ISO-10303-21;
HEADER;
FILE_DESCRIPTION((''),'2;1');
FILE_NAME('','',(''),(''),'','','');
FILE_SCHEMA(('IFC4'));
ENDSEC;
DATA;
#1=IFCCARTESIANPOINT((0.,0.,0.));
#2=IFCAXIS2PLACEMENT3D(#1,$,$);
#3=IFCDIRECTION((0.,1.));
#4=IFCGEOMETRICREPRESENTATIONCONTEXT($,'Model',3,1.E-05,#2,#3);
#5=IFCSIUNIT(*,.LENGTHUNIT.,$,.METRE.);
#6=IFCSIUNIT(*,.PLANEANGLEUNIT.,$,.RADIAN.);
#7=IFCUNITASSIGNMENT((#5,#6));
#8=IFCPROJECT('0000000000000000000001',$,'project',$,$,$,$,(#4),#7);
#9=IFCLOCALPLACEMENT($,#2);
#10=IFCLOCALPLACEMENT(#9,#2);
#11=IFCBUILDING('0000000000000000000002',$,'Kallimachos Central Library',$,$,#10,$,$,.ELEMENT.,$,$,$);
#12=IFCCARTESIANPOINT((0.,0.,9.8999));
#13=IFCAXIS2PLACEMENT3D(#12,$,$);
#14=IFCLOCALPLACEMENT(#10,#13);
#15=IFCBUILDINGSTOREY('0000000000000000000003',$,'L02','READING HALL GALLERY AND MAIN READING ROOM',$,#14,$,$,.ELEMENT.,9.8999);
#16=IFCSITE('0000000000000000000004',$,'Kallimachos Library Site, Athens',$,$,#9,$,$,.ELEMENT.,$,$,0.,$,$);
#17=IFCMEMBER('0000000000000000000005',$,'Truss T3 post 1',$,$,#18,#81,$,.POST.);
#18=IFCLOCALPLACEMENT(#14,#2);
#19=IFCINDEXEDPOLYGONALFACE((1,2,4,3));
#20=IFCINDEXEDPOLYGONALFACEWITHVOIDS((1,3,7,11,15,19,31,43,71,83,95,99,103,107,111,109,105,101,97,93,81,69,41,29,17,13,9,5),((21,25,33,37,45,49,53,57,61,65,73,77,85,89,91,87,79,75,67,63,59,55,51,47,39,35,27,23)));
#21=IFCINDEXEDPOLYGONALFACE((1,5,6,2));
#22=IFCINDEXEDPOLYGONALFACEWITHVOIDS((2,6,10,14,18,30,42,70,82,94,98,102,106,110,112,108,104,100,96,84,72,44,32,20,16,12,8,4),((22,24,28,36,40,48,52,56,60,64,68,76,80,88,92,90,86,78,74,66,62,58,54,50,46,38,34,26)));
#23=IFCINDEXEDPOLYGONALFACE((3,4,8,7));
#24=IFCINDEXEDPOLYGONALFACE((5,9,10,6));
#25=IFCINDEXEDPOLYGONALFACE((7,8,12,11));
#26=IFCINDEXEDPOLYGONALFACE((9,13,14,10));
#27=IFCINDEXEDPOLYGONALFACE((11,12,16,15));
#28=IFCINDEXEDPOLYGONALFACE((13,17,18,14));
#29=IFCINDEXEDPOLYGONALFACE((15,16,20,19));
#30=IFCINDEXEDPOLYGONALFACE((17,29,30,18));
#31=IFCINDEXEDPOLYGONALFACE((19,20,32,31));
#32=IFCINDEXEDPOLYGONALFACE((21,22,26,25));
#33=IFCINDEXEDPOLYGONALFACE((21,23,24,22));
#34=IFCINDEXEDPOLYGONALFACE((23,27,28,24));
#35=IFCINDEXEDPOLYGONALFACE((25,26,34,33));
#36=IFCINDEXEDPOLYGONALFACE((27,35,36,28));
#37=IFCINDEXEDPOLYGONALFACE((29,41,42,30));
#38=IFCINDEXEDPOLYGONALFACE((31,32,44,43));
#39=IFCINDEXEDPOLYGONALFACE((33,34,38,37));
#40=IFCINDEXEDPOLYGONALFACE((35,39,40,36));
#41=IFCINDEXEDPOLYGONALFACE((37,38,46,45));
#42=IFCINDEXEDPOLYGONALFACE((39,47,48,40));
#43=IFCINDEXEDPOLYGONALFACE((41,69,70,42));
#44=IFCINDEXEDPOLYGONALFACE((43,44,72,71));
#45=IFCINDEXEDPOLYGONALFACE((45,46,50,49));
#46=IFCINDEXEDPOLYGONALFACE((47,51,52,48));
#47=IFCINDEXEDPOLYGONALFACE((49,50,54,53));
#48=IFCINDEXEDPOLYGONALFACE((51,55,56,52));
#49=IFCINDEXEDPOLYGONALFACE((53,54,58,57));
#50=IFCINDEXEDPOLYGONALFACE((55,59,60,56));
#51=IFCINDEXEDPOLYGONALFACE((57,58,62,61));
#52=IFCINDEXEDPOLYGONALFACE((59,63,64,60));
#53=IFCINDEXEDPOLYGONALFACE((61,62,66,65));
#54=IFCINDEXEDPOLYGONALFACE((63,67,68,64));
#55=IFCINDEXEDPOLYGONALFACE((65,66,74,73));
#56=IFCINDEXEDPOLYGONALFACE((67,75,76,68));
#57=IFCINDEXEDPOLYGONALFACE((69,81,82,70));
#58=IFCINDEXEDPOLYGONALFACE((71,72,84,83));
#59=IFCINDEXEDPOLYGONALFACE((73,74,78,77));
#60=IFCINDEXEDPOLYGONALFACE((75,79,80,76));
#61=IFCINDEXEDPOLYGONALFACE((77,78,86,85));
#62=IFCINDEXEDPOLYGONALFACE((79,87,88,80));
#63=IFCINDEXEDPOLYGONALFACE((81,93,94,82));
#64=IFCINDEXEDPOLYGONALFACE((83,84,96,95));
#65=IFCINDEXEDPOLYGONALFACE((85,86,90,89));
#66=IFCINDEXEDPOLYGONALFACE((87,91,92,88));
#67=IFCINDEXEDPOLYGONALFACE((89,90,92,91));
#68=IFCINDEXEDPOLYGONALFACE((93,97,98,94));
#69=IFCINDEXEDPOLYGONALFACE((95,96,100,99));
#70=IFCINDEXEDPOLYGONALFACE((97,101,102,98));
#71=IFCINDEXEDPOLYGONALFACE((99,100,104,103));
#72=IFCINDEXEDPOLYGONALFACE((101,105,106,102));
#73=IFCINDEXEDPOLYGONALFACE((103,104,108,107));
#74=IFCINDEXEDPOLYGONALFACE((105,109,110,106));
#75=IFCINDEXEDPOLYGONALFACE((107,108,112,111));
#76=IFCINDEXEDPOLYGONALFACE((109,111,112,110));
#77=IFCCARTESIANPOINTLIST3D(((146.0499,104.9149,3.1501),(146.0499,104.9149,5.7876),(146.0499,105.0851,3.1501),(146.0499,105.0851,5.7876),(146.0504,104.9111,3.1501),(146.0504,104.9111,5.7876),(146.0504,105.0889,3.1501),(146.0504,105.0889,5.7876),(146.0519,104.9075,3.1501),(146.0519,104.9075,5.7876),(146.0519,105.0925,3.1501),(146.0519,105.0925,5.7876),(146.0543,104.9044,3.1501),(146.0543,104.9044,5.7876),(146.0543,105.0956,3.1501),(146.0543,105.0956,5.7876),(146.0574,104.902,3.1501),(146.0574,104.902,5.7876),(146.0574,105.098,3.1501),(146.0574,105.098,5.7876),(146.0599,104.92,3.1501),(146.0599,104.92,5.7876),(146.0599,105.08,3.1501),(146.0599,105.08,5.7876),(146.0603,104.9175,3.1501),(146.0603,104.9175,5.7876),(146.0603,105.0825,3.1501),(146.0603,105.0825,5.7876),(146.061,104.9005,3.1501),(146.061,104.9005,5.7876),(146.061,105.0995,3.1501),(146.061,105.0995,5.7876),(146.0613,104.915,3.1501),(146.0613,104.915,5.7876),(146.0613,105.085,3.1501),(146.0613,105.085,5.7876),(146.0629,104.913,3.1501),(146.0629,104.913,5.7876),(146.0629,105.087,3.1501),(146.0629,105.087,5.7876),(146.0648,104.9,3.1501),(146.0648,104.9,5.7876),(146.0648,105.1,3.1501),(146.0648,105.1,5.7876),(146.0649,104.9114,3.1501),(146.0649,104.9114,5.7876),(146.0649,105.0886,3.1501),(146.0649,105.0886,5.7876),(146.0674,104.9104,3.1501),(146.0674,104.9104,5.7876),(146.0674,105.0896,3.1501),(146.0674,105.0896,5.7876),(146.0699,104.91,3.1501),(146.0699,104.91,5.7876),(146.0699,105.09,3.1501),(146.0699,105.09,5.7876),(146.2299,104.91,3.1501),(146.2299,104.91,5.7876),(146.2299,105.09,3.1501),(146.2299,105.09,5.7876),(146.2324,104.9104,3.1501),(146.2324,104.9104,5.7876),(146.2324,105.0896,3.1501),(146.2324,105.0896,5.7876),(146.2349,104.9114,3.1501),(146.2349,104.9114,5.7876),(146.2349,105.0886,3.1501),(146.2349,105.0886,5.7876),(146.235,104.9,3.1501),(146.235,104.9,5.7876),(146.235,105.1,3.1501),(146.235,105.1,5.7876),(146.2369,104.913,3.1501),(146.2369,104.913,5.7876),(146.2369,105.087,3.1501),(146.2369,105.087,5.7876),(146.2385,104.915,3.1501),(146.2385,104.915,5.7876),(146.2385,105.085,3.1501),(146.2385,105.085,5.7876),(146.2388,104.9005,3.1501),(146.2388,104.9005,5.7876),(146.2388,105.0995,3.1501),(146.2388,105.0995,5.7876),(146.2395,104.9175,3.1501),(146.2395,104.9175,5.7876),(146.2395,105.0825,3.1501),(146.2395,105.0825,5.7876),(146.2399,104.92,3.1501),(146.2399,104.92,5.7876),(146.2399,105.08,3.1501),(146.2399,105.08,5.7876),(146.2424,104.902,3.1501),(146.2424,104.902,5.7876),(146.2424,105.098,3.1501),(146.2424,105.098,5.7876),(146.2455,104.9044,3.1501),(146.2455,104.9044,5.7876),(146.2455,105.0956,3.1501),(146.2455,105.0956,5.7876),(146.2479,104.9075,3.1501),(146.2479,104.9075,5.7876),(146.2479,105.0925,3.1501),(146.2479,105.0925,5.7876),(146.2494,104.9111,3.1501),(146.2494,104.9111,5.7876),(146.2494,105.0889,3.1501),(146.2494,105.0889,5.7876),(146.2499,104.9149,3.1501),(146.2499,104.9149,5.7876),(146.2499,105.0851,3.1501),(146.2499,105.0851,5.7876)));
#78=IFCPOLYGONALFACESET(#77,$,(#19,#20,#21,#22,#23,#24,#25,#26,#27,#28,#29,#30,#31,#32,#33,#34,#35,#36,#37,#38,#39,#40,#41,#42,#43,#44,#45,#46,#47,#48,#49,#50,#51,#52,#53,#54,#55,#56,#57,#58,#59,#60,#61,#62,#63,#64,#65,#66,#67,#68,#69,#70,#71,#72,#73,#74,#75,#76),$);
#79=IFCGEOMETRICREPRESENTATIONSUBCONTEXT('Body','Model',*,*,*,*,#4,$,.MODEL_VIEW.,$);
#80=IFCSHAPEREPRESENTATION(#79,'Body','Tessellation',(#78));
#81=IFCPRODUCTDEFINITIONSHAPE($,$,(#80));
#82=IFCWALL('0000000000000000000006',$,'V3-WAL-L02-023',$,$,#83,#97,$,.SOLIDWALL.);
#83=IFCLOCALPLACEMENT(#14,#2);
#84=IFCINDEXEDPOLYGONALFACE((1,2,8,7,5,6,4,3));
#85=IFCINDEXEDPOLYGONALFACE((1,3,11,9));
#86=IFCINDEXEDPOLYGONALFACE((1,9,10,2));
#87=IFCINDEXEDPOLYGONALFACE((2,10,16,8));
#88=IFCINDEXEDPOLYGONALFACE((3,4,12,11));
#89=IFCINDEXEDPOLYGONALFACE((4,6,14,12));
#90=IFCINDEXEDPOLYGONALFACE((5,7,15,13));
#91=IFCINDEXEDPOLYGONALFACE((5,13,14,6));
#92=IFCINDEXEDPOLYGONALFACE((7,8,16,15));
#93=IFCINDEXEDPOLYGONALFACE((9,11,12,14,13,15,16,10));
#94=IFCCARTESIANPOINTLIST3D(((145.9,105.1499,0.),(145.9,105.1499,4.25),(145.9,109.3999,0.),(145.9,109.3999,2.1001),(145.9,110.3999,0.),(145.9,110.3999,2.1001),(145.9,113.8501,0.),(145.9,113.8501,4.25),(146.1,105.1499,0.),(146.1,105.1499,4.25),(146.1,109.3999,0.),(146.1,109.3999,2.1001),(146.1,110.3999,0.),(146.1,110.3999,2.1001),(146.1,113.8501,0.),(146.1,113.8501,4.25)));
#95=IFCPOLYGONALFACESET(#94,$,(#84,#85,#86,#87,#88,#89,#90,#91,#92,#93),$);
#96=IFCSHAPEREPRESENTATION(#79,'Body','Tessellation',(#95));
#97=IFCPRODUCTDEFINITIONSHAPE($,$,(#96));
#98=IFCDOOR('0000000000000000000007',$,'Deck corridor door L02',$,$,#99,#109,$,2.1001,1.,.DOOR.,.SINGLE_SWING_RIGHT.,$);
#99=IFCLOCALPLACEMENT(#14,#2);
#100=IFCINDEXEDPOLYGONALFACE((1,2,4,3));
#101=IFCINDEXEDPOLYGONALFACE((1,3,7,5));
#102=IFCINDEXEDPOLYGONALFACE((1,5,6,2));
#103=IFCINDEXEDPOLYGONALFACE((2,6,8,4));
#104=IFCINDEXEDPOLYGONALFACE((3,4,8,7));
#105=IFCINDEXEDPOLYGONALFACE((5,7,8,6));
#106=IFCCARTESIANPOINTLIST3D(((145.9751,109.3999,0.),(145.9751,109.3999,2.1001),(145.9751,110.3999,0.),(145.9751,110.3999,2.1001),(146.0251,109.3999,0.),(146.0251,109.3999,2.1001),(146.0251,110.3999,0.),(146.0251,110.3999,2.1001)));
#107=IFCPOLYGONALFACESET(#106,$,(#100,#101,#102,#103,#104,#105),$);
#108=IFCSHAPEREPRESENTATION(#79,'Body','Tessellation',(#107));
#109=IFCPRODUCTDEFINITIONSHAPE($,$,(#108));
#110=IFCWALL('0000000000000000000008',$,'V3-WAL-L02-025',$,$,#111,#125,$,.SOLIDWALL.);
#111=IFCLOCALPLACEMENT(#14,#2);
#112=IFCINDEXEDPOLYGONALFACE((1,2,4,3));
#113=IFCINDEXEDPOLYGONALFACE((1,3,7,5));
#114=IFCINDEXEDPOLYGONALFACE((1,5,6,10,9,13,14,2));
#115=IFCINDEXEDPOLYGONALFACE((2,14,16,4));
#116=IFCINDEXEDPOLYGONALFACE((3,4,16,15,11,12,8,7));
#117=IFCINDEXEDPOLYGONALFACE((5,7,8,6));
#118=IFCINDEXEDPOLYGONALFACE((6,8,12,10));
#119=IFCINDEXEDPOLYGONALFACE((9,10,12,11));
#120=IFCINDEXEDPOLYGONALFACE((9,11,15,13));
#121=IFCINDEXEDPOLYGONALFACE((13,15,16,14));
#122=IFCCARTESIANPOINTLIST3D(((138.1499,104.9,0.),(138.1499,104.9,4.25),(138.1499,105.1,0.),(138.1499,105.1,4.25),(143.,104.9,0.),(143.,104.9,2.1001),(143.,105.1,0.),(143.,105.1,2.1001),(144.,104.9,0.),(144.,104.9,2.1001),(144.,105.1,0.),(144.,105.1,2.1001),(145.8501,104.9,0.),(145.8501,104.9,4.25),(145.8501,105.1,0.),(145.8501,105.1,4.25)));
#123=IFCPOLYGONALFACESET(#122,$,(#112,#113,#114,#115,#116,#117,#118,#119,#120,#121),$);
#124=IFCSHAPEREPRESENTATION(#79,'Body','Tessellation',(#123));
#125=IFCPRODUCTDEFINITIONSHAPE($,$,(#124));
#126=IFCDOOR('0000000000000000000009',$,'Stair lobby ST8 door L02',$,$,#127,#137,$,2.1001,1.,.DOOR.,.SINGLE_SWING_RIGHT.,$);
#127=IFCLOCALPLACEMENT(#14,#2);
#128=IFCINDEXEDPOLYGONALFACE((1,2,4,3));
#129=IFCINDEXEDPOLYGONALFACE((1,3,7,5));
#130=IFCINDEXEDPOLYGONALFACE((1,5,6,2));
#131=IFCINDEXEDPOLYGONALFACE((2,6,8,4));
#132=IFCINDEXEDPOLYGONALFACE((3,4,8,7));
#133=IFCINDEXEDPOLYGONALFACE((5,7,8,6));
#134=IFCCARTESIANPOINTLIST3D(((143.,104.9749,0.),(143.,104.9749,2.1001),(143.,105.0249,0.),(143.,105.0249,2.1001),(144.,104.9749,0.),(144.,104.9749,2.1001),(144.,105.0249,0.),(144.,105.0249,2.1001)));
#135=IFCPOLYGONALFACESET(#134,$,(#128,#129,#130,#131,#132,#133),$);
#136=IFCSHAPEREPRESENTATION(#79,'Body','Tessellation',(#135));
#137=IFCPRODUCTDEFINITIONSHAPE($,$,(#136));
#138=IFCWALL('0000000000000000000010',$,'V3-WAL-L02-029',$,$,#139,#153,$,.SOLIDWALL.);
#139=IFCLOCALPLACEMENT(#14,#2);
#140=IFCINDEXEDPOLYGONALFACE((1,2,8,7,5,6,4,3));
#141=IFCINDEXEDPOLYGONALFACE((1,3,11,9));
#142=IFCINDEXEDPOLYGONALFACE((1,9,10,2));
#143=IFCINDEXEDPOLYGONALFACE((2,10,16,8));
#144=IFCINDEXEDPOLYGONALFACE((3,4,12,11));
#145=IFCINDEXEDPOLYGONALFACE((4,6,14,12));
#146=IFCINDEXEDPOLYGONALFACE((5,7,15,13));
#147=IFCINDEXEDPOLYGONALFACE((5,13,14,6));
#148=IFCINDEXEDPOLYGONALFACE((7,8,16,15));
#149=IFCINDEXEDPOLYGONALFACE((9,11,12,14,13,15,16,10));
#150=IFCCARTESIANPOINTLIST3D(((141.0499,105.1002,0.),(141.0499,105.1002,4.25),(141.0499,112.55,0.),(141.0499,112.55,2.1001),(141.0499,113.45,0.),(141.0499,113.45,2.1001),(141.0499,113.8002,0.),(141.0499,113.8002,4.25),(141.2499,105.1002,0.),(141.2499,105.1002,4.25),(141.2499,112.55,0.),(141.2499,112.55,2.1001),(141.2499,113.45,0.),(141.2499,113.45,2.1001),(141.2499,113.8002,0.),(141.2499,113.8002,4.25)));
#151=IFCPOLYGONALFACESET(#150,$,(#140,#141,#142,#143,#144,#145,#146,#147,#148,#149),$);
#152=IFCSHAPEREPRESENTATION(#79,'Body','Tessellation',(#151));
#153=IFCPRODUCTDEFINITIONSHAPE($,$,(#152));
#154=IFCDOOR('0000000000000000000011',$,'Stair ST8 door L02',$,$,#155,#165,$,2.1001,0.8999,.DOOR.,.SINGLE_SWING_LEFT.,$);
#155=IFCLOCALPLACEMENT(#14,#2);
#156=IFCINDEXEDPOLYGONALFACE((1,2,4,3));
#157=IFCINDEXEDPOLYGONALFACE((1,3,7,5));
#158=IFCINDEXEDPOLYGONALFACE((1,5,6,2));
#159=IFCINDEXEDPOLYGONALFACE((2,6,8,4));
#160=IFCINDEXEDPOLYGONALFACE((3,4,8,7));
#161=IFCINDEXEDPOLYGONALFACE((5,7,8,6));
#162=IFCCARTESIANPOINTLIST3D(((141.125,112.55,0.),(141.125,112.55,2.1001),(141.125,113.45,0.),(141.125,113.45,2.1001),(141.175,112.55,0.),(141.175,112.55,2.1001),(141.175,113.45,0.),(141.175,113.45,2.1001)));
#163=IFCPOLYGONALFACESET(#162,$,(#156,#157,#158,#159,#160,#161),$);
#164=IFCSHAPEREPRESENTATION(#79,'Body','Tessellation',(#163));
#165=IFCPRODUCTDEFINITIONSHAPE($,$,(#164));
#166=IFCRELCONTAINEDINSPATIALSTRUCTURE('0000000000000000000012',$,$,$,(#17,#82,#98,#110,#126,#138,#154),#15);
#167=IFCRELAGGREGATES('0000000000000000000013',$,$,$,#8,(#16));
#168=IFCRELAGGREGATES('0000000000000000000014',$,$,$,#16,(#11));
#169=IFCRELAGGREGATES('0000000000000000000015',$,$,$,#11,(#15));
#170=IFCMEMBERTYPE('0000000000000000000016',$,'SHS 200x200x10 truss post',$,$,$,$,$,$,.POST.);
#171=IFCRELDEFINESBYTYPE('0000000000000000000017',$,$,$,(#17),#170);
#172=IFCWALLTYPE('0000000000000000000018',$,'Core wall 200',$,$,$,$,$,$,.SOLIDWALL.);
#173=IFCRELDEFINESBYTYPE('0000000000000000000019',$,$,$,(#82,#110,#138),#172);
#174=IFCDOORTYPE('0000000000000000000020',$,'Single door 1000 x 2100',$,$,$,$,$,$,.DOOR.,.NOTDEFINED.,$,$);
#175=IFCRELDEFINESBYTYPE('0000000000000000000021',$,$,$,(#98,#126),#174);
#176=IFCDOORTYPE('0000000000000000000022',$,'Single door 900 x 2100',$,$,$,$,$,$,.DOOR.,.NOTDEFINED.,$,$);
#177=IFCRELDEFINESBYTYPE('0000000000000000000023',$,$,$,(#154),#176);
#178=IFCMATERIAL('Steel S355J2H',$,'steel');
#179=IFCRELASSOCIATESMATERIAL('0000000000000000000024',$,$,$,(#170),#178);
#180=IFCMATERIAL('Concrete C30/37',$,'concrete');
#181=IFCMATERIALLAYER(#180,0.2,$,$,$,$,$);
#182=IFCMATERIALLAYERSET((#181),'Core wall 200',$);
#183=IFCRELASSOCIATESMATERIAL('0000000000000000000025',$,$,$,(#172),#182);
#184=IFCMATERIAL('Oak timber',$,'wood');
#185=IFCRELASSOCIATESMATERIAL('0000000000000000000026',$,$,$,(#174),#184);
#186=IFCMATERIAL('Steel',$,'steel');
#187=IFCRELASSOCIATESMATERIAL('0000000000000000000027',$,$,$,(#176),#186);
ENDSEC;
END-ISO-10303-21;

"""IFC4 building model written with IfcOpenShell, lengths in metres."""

from ifc_helpers import new_model, si_unit, direction, frame, frame_2d, origin, origin_2d, place, context, subcontext, project, spatial, rectangle, hollow_rectangle, extrude, material, layer, layer_set, material_profile, profile_set, type_object, element, fill, save


model = new_model("IFC4")

# Units and contexts
model_context = context("Model", 3, precision=1e-05, world=origin(), true_north=direction((0.0, 1.0)))
body_context = subcontext(model_context, "Body", "Model", "MODEL_VIEW")
ifc_project = project(units=[si_unit("LENGTHUNIT", "METRE"), si_unit("PLANEANGLEUNIT", "RADIAN")], contexts=[model_context])

# Site, building, storey
site_placement = place(None, origin())
site = spatial("IfcSite", under=ifc_project, at=site_placement, Name="Kallimachos Library Site, Athens", CompositionType="ELEMENT", RefElevation=0.0)
building_placement = place(site_placement, origin())
building = spatial("IfcBuilding", under=site, at=building_placement, Name="Kallimachos Central Library", CompositionType="ELEMENT")
storey_placement = place(building_placement, frame((0.0, 0.0, 9.8999)))
storey = spatial("IfcBuildingStorey", under=building, at=storey_placement, Name="L02", Description="READING HALL GALLERY AND MAIN READING ROOM", CompositionType="ELEMENT", Elevation=9.8999)

# Member
ifc_material_1 = material(Name="Steel S355J2H", Category="steel")
ifc_material_profile_1 = material_profile(ifc_material_1, hollow_rectangle(XDim=0.2, YDim=0.2, WallThickness=0.01, InnerFilletRadius=0.01, OuterFilletRadius=0.0149, at=origin_2d()), Name="SHS 200x200x10")
ifc_profile_set_1 = profile_set([ifc_material_profile_1], Name="Steel S355J2H")
member_type_1 = type_object("IfcMemberType", Name="SHS 200x200x10 truss post", PredefinedType="POST", material=ifc_profile_set_1)
member_1_placement = place(storey_placement, frame((146.1499, 105.0, 3.1501), z_axis=(0.0, 0.0, 1.0), x_axis=(1.0, 0.0, 0.0)))
element("IfcMember", 1, at=member_1_placement, inside=storey, type_object=member_type_1, Name="Truss T3 post 1", PredefinedType="POST", context=body_context, shape_type="SweptSolid", body=[
    extrude(hollow_rectangle(XDim=0.2, YDim=0.2, WallThickness=0.01, InnerFilletRadius=0.01, OuterFilletRadius=0.0149, at=origin_2d()), origin(), (0.0, 0.0, 1.0), 2.6375),
])

# Walls, openings, doors
ifc_material_2 = material(Name="Concrete C30/37", Category="concrete")
ifc_layer_1 = layer(ifc_material_2, 0.2)
ifc_layer_set_1 = layer_set([ifc_layer_1], Name="Core wall 200")
wall_type_1 = type_object("IfcWallType", Name="Core wall 200", PredefinedType="SOLIDWALL", material=ifc_layer_set_1)
wall_1_placement = place(storey_placement, frame((146.0, 105.1499, 0.0), z_axis=(0.0, 0.0, 1.0), x_axis=(0.0, 1.0, 0.0)))
wall_1 = element("IfcWall", 2, at=wall_1_placement, inside=storey, type_object=wall_type_1, Name="V3-WAL-L02-023", PredefinedType="SOLIDWALL", context=body_context, shape_type="SweptSolid", body=[
    extrude(rectangle(XDim=8.7002, YDim=0.2, at=frame_2d((4.3501, 0.0))), origin(), (0.0, 0.0, 1.0), 4.25),
])
opening_1_placement = place(wall_1_placement, frame((4.25, 0.0, 0.0)))
opening_1 = element("IfcOpeningElement", 3, at=opening_1_placement, cuts=wall_1, PredefinedType="OPENING", context=body_context, shape_type="SweptSolid", body=[
    extrude(rectangle(XDim=1.0, YDim=2.1001, at=frame_2d((0.5, 1.05))), frame((0.0, 0.1099, 0.0), z_axis=(0.0, -1.0, 0.0), x_axis=(1.0, 0.0, 0.0)), (0.0, 0.0, 1.0), 0.22),
])
ifc_material_3 = material(Name="Oak timber", Category="wood")
door_type_1 = type_object("IfcDoorType", Name="Single door 1000 x 2100", OperationType="NOTDEFINED", PredefinedType="DOOR", material=ifc_material_3)
door_1_placement = place(opening_1_placement, origin())
door_1 = element("IfcDoor", 4, at=door_1_placement, inside=storey, type_object=door_type_1, Name="Deck corridor door L02", OperationType="SINGLE_SWING_RIGHT", OverallHeight=2.1001, OverallWidth=1.0, PredefinedType="DOOR", context=body_context, shape_type="SweptSolid", body=[
    extrude(rectangle(XDim=1.0, YDim=2.1001, at=frame_2d((0.5, 1.05))), frame((0.0, 0.0249, 0.0), z_axis=(0.0, -1.0, 0.0), x_axis=(1.0, 0.0, 0.0)), (0.0, 0.0, 1.0), 0.05),
])
fill(opening_1, door_1)
wall_2_placement = place(storey_placement, frame((138.1499, 105.0, 0.0), z_axis=(0.0, 0.0, 1.0), x_axis=(1.0, 0.0, 0.0)))
wall_2 = element("IfcWall", 5, at=wall_2_placement, inside=storey, type_object=wall_type_1, Name="V3-WAL-L02-025", PredefinedType="SOLIDWALL", context=body_context, shape_type="SweptSolid", body=[
    extrude(rectangle(XDim=7.7002, YDim=0.2, at=frame_2d((3.8501, 0.0))), origin(), (0.0, 0.0, 1.0), 4.25),
])
opening_2_placement = place(wall_2_placement, frame((4.8501, 0.0, 0.0)))
opening_2 = element("IfcOpeningElement", 6, at=opening_2_placement, cuts=wall_2, PredefinedType="OPENING", context=body_context, shape_type="SweptSolid", body=[
    extrude(rectangle(XDim=1.0, YDim=2.1001, at=frame_2d((0.5, 1.05))), frame((0.0, 0.1099, 0.0), z_axis=(0.0, -1.0, 0.0), x_axis=(1.0, 0.0, 0.0)), (0.0, 0.0, 1.0), 0.22),
])
door_2_placement = place(opening_2_placement, origin())
door_2 = element("IfcDoor", 7, at=door_2_placement, inside=storey, type_object=door_type_1, Name="Stair lobby ST8 door L02", OperationType="SINGLE_SWING_RIGHT", OverallHeight=2.1001, OverallWidth=1.0, PredefinedType="DOOR", context=body_context, shape_type="SweptSolid", body=[
    extrude(rectangle(XDim=1.0, YDim=2.1001, at=frame_2d((0.5, 1.05))), frame((0.0, 0.0249, 0.0), z_axis=(0.0, -1.0, 0.0), x_axis=(1.0, 0.0, 0.0)), (0.0, 0.0, 1.0), 0.05),
])
fill(opening_2, door_2)
wall_3_placement = place(storey_placement, frame((141.1499, 105.1001, 0.0), z_axis=(0.0, 0.0, 1.0), x_axis=(0.0, 1.0, 0.0)))
wall_3 = element("IfcWall", 8, at=wall_3_placement, inside=storey, type_object=wall_type_1, Name="V3-WAL-L02-029", PredefinedType="SOLIDWALL", context=body_context, shape_type="SweptSolid", body=[
    extrude(rectangle(XDim=8.7, YDim=0.2, at=frame_2d((4.3501, 0.0))), origin(), (0.0, 0.0, 1.0), 4.25),
])
opening_3_placement = place(wall_3_placement, frame((7.45, 0.0, 0.0)))
opening_3 = element("IfcOpeningElement", 9, at=opening_3_placement, cuts=wall_3, PredefinedType="OPENING", context=body_context, shape_type="SweptSolid", body=[
    extrude(rectangle(XDim=0.8999, YDim=2.1001, at=frame_2d((0.45, 1.05))), frame((0.0, 0.1099, 0.0), z_axis=(0.0, -1.0, 0.0), x_axis=(1.0, 0.0, 0.0)), (0.0, 0.0, 1.0), 0.22),
])
ifc_material_4 = material(Name="Steel", Category="steel")
door_type_2 = type_object("IfcDoorType", Name="Single door 900 x 2100", OperationType="NOTDEFINED", PredefinedType="DOOR", material=ifc_material_4)
door_3_placement = place(opening_3_placement, origin())
door_3 = element("IfcDoor", 10, at=door_3_placement, inside=storey, type_object=door_type_2, Name="Stair ST8 door L02", OperationType="SINGLE_SWING_LEFT", OverallHeight=2.1001, OverallWidth=0.8999, PredefinedType="DOOR", context=body_context, shape_type="SweptSolid", body=[
    extrude(rectangle(XDim=0.8999, YDim=2.1001, at=frame_2d((0.45, 1.05))), frame((0.0, 0.0249, 0.0), z_axis=(0.0, -1.0, 0.0), x_axis=(1.0, 0.0, 0.0)), (0.0, 0.0, 1.0), 0.05),
])
fill(opening_3, door_3)

save(model, "model.ifc")
